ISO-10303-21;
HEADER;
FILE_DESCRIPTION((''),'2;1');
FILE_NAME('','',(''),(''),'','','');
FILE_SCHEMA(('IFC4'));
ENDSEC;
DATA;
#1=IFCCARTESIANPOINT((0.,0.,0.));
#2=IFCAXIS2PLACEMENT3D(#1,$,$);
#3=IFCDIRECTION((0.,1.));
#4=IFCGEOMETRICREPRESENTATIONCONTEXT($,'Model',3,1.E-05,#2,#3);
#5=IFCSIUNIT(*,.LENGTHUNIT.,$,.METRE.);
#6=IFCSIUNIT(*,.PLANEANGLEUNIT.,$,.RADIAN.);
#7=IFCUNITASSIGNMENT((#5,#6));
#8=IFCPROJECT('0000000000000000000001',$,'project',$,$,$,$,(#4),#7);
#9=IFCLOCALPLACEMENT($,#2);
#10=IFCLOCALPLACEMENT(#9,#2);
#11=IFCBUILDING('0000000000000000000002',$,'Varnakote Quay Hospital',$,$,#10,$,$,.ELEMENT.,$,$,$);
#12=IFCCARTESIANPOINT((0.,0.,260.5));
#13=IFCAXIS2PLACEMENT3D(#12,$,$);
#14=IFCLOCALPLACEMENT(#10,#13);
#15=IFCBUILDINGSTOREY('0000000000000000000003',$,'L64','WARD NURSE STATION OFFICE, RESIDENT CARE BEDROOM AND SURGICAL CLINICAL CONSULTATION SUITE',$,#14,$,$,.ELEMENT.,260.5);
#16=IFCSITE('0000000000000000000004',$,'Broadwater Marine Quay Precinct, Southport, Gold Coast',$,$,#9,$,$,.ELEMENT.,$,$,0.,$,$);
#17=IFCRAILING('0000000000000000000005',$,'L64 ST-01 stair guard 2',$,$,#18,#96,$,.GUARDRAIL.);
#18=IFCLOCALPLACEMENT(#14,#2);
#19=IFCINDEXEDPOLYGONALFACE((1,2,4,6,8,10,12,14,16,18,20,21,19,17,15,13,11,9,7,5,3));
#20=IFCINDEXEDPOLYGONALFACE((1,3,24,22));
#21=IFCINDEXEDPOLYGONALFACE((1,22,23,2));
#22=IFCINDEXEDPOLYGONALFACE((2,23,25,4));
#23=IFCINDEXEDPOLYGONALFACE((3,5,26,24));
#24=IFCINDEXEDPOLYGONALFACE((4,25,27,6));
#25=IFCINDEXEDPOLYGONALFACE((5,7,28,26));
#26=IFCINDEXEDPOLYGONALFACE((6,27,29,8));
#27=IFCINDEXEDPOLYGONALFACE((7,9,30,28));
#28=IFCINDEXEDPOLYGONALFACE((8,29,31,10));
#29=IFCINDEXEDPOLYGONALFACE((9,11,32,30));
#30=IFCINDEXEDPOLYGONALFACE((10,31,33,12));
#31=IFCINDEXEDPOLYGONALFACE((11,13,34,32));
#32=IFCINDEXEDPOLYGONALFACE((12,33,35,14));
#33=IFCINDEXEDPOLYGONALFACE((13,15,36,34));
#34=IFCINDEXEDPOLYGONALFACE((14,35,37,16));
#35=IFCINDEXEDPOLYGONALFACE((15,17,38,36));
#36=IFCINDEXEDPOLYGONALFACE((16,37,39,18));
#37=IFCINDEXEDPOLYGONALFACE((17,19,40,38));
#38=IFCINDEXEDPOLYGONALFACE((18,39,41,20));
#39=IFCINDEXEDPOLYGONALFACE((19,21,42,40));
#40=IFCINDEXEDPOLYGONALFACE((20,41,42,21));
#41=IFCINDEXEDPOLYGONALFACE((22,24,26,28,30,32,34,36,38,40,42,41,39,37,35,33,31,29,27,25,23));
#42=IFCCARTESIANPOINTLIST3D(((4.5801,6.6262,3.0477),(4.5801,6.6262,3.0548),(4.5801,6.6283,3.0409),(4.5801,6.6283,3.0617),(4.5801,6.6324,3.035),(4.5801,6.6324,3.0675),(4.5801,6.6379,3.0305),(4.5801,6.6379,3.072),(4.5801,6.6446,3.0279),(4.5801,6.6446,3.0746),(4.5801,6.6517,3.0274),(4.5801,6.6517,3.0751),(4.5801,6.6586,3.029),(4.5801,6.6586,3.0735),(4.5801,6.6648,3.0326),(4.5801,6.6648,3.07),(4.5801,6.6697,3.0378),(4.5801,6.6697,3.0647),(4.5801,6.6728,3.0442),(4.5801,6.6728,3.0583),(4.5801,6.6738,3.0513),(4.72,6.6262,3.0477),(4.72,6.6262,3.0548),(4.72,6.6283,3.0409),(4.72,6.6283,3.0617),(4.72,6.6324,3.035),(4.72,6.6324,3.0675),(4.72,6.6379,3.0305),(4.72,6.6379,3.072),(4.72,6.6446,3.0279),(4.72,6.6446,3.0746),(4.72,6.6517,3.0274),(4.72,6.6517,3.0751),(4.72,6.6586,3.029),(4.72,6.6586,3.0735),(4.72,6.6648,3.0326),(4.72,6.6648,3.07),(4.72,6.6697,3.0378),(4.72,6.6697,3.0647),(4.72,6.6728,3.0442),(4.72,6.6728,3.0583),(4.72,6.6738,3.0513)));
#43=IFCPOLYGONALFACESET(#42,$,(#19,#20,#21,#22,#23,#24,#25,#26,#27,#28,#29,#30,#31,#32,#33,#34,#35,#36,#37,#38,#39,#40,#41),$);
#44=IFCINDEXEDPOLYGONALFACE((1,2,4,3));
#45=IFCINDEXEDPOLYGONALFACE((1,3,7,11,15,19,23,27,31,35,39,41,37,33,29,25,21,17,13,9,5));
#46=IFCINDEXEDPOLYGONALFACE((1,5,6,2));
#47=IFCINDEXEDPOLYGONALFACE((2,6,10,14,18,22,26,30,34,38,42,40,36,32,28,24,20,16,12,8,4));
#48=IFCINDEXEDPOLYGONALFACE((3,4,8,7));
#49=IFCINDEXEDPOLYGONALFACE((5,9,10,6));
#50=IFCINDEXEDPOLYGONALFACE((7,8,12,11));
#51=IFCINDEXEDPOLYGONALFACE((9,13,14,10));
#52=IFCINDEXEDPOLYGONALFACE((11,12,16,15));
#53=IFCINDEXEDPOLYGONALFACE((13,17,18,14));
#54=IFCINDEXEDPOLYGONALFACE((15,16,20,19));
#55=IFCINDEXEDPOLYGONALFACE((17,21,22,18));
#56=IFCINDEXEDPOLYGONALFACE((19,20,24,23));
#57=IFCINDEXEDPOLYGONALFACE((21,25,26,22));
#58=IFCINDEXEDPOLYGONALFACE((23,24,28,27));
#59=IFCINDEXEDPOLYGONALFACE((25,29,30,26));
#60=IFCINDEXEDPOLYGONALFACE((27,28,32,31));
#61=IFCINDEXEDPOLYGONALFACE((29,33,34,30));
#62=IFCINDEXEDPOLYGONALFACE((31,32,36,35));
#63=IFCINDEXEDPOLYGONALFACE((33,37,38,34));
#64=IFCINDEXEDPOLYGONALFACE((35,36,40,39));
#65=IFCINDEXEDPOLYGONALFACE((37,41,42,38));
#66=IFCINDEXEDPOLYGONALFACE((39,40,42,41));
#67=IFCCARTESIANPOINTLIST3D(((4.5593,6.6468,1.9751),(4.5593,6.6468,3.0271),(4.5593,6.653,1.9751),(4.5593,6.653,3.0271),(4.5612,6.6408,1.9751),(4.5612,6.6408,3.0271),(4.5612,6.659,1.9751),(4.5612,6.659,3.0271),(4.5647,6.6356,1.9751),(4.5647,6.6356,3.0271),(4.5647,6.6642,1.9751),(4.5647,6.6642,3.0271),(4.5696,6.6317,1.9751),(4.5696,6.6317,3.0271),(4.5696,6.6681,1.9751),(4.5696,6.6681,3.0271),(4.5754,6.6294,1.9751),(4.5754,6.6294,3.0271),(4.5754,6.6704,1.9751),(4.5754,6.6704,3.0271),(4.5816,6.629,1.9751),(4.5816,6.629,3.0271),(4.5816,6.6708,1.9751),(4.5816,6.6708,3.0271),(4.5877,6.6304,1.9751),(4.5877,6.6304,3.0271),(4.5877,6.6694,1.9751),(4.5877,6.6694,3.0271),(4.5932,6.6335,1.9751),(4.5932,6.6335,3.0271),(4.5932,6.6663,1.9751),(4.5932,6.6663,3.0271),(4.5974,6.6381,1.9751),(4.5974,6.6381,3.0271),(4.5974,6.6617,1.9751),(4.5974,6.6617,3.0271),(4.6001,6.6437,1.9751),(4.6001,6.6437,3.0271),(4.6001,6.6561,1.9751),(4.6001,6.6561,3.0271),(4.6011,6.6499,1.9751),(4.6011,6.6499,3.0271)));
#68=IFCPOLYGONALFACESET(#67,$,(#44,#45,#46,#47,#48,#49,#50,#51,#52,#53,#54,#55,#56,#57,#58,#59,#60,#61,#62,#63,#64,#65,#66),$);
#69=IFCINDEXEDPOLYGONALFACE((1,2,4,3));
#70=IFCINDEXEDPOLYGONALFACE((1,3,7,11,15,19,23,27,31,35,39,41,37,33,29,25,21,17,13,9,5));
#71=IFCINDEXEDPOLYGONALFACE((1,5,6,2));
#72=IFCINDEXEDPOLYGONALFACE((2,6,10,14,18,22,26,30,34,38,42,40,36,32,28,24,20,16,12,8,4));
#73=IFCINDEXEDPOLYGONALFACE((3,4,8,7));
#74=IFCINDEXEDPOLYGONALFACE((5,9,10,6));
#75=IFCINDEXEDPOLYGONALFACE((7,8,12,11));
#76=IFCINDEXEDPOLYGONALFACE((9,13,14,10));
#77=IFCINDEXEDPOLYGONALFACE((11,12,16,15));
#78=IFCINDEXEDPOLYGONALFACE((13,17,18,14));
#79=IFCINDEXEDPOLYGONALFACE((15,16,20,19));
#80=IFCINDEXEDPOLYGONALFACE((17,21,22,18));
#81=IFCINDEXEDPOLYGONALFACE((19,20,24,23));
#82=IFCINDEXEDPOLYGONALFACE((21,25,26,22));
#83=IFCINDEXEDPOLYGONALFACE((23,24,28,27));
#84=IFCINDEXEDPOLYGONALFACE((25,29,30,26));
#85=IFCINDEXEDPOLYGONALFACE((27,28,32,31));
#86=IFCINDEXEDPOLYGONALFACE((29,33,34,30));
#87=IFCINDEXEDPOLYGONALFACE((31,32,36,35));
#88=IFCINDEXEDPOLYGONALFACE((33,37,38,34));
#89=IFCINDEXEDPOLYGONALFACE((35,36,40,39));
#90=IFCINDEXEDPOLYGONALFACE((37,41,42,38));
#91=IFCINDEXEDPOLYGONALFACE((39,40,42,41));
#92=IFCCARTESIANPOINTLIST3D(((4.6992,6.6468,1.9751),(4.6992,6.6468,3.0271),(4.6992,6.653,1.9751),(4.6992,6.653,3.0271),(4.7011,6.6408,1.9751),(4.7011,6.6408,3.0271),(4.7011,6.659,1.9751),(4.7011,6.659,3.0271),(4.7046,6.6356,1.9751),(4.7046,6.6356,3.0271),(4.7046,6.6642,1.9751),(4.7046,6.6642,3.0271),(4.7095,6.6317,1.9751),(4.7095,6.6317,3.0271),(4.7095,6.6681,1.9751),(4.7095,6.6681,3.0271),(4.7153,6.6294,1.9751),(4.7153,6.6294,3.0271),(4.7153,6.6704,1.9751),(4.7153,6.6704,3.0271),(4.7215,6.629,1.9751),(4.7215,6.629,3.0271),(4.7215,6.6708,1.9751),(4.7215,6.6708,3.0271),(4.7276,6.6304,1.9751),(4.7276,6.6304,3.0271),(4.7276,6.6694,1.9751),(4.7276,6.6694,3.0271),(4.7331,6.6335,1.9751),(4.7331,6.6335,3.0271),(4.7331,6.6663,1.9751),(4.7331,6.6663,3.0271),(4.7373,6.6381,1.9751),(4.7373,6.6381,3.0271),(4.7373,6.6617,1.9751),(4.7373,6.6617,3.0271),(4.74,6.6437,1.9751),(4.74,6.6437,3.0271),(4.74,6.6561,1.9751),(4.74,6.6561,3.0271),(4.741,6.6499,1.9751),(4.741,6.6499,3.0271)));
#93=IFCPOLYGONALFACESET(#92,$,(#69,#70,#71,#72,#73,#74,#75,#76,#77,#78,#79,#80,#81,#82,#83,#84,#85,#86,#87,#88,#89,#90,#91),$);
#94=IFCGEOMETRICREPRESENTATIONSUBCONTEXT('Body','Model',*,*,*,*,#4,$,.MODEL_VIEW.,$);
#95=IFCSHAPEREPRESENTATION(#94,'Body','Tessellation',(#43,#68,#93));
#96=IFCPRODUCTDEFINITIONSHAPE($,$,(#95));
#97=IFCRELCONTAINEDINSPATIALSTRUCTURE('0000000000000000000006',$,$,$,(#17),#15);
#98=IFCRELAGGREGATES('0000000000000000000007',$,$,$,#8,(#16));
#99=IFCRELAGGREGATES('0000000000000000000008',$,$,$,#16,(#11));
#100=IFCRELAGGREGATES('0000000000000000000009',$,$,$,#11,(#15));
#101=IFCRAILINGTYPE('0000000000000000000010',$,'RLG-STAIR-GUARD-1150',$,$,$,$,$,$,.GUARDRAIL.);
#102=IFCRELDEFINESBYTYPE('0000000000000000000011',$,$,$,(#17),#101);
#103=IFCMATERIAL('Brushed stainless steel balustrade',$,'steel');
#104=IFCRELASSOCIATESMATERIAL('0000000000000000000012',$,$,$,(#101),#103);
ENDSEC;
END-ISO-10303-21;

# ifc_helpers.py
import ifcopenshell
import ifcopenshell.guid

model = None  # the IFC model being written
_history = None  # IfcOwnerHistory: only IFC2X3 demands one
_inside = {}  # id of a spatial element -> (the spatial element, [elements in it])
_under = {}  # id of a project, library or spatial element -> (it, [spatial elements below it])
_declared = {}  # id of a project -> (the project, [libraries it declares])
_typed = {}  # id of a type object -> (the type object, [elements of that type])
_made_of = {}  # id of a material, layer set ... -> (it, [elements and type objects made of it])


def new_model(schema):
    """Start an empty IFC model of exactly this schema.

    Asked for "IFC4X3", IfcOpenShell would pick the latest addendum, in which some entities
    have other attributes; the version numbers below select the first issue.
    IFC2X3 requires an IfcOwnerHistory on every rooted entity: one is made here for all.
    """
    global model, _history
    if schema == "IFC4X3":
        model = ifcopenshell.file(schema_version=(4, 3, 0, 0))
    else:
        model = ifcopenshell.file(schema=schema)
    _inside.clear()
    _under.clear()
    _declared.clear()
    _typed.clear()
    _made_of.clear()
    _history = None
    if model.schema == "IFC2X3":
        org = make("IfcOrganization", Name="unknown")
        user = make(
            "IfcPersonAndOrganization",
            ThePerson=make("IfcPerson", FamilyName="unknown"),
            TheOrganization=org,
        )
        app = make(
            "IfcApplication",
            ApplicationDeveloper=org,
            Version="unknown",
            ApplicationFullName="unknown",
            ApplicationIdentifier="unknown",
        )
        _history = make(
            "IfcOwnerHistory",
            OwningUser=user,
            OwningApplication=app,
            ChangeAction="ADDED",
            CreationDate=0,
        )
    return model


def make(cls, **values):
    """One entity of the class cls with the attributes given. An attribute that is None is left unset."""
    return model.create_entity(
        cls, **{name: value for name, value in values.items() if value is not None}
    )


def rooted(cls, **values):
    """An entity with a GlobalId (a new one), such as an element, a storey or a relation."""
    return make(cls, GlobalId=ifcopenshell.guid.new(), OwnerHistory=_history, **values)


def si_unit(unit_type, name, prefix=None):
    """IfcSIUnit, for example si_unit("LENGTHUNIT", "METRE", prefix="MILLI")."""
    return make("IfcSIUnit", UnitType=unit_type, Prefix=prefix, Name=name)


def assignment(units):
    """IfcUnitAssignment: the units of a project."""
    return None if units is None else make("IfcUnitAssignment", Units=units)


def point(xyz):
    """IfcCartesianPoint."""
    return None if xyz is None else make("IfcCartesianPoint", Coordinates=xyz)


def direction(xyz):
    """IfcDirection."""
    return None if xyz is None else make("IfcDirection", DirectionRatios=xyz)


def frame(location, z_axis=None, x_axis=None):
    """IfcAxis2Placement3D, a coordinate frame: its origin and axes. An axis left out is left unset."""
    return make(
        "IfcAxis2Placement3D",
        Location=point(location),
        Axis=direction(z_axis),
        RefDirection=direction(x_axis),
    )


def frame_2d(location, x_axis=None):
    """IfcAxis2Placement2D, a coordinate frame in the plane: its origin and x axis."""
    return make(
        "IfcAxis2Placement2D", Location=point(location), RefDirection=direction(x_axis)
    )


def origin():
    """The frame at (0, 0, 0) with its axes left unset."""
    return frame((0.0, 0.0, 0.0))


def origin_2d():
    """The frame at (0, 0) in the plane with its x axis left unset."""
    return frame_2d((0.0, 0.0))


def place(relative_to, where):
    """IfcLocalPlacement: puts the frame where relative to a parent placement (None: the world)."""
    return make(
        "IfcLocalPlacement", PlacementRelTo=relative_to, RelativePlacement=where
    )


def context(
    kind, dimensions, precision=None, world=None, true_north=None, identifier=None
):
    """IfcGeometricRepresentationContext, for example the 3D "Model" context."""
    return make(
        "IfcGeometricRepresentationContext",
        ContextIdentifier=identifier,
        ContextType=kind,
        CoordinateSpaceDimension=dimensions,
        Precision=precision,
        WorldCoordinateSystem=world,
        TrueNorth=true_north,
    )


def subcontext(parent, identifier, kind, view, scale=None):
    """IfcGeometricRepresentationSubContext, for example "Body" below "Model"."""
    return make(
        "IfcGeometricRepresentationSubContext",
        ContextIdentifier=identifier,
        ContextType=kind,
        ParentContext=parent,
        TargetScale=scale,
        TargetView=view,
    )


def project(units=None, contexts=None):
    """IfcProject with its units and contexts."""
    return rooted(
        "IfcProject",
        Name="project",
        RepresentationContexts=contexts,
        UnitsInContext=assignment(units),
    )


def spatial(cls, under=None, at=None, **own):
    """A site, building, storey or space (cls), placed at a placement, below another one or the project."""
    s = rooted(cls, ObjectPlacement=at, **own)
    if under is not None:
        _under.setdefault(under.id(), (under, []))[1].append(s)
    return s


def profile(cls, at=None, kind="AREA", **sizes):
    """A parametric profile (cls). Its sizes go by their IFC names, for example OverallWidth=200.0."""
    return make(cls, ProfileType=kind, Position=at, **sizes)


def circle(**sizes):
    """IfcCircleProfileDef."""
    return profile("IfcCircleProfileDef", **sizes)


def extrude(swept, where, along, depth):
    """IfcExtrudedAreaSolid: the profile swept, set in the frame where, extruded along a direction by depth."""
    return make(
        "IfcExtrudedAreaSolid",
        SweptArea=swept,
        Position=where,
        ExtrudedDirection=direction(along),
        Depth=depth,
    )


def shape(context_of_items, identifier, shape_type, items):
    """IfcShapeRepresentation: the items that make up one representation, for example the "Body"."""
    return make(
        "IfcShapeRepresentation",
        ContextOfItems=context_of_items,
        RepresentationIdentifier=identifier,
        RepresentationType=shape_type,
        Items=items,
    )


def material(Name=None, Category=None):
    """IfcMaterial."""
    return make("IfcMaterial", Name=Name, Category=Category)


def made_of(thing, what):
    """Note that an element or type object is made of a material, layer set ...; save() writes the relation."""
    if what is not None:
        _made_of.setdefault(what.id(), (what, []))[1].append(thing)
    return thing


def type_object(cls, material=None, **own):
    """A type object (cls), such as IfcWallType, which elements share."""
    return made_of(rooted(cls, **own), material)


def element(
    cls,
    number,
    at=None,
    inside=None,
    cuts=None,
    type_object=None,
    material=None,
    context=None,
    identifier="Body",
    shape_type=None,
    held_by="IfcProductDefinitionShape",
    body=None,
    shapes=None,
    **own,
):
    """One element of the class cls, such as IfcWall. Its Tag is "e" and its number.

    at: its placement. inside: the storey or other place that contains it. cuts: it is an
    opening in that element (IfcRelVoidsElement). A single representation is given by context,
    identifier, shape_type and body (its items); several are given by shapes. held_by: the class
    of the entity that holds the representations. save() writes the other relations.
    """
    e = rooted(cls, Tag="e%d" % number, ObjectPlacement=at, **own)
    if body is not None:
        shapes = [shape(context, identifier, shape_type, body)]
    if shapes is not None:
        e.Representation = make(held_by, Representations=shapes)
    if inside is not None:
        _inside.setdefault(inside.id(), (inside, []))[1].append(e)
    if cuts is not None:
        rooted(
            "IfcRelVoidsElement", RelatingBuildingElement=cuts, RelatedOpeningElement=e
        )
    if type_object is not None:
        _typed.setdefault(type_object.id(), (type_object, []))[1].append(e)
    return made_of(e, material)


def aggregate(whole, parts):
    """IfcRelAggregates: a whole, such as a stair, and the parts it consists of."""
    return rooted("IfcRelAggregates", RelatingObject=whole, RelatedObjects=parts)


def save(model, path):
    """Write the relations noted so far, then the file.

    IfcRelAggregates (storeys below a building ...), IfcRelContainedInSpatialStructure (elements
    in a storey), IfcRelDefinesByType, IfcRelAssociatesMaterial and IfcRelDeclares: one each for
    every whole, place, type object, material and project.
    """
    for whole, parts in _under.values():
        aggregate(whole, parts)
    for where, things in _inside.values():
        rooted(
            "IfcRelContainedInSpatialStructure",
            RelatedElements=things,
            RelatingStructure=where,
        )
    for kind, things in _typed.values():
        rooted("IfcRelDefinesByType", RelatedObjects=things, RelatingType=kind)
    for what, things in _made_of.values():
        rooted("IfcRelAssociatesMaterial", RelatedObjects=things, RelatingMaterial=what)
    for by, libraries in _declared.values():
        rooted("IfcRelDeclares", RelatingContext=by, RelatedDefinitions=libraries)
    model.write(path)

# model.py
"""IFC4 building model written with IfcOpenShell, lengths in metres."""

from ifc_helpers import new_model, si_unit, direction, frame, origin, origin_2d, place, context, subcontext, project, spatial, circle, extrude, material, type_object, element, save


model = new_model("IFC4")

# Units and contexts
model_context = context("Model", 3, precision=1e-05, world=origin(), true_north=direction((0.0, 1.0)))
body_context = subcontext(model_context, "Body", "Model", "MODEL_VIEW")
ifc_project = project(units=[si_unit("LENGTHUNIT", "METRE"), si_unit("PLANEANGLEUNIT", "RADIAN")], contexts=[model_context])

# Site, building, storey
site_placement = place(None, origin())
site = spatial("IfcSite", under=ifc_project, at=site_placement, Name="Broadwater Marine Quay Precinct, Southport, Gold Coast", CompositionType="ELEMENT", RefElevation=0.0)
building_placement = place(site_placement, origin())
building = spatial("IfcBuilding", under=site, at=building_placement, Name="Varnakote Quay Hospital", CompositionType="ELEMENT")
storey_placement = place(building_placement, frame((0.0, 0.0, 260.5)))
storey = spatial("IfcBuildingStorey", under=building, at=storey_placement, Name="L64", Description="WARD NURSE STATION OFFICE, RESIDENT CARE BEDROOM AND SURGICAL CLINICAL CONSULTATION SUITE", CompositionType="ELEMENT", Elevation=260.5)

# Railing
ifc_material_1 = material(Name="Brushed stainless steel balustrade", Category="steel")
railing_type_1 = type_object("IfcRailingType", Name="RLG-STAIR-GUARD-1150", PredefinedType="GUARDRAIL", material=ifc_material_1)
railing_1_placement = place(storey_placement, frame((4.5801, 6.6499, 1.9751)))
element("IfcRailing", 1, at=railing_1_placement, inside=storey, type_object=railing_type_1, Name="L64 ST-01 stair guard 2", PredefinedType="GUARDRAIL", context=body_context, shape_type="SweptSolid", body=[
    extrude(circle(Radius=0.0239, at=origin_2d()), frame((0.0, 0.0, 1.0762), z_axis=(1.0, 0.0, 0.0), x_axis=(0.0, 1.0, 0.0)), (0.0, 0.0, 1.0), 0.1399),
    extrude(circle(Radius=0.021, at=origin_2d()), origin(), (0.0, 0.0, 1.0), 1.052),
    extrude(circle(Radius=0.021, at=origin_2d()), frame((0.1399, 0.0, 0.0)), (0.0, 0.0, 1.0), 1.052),
])

save(model, "model.ifc")
